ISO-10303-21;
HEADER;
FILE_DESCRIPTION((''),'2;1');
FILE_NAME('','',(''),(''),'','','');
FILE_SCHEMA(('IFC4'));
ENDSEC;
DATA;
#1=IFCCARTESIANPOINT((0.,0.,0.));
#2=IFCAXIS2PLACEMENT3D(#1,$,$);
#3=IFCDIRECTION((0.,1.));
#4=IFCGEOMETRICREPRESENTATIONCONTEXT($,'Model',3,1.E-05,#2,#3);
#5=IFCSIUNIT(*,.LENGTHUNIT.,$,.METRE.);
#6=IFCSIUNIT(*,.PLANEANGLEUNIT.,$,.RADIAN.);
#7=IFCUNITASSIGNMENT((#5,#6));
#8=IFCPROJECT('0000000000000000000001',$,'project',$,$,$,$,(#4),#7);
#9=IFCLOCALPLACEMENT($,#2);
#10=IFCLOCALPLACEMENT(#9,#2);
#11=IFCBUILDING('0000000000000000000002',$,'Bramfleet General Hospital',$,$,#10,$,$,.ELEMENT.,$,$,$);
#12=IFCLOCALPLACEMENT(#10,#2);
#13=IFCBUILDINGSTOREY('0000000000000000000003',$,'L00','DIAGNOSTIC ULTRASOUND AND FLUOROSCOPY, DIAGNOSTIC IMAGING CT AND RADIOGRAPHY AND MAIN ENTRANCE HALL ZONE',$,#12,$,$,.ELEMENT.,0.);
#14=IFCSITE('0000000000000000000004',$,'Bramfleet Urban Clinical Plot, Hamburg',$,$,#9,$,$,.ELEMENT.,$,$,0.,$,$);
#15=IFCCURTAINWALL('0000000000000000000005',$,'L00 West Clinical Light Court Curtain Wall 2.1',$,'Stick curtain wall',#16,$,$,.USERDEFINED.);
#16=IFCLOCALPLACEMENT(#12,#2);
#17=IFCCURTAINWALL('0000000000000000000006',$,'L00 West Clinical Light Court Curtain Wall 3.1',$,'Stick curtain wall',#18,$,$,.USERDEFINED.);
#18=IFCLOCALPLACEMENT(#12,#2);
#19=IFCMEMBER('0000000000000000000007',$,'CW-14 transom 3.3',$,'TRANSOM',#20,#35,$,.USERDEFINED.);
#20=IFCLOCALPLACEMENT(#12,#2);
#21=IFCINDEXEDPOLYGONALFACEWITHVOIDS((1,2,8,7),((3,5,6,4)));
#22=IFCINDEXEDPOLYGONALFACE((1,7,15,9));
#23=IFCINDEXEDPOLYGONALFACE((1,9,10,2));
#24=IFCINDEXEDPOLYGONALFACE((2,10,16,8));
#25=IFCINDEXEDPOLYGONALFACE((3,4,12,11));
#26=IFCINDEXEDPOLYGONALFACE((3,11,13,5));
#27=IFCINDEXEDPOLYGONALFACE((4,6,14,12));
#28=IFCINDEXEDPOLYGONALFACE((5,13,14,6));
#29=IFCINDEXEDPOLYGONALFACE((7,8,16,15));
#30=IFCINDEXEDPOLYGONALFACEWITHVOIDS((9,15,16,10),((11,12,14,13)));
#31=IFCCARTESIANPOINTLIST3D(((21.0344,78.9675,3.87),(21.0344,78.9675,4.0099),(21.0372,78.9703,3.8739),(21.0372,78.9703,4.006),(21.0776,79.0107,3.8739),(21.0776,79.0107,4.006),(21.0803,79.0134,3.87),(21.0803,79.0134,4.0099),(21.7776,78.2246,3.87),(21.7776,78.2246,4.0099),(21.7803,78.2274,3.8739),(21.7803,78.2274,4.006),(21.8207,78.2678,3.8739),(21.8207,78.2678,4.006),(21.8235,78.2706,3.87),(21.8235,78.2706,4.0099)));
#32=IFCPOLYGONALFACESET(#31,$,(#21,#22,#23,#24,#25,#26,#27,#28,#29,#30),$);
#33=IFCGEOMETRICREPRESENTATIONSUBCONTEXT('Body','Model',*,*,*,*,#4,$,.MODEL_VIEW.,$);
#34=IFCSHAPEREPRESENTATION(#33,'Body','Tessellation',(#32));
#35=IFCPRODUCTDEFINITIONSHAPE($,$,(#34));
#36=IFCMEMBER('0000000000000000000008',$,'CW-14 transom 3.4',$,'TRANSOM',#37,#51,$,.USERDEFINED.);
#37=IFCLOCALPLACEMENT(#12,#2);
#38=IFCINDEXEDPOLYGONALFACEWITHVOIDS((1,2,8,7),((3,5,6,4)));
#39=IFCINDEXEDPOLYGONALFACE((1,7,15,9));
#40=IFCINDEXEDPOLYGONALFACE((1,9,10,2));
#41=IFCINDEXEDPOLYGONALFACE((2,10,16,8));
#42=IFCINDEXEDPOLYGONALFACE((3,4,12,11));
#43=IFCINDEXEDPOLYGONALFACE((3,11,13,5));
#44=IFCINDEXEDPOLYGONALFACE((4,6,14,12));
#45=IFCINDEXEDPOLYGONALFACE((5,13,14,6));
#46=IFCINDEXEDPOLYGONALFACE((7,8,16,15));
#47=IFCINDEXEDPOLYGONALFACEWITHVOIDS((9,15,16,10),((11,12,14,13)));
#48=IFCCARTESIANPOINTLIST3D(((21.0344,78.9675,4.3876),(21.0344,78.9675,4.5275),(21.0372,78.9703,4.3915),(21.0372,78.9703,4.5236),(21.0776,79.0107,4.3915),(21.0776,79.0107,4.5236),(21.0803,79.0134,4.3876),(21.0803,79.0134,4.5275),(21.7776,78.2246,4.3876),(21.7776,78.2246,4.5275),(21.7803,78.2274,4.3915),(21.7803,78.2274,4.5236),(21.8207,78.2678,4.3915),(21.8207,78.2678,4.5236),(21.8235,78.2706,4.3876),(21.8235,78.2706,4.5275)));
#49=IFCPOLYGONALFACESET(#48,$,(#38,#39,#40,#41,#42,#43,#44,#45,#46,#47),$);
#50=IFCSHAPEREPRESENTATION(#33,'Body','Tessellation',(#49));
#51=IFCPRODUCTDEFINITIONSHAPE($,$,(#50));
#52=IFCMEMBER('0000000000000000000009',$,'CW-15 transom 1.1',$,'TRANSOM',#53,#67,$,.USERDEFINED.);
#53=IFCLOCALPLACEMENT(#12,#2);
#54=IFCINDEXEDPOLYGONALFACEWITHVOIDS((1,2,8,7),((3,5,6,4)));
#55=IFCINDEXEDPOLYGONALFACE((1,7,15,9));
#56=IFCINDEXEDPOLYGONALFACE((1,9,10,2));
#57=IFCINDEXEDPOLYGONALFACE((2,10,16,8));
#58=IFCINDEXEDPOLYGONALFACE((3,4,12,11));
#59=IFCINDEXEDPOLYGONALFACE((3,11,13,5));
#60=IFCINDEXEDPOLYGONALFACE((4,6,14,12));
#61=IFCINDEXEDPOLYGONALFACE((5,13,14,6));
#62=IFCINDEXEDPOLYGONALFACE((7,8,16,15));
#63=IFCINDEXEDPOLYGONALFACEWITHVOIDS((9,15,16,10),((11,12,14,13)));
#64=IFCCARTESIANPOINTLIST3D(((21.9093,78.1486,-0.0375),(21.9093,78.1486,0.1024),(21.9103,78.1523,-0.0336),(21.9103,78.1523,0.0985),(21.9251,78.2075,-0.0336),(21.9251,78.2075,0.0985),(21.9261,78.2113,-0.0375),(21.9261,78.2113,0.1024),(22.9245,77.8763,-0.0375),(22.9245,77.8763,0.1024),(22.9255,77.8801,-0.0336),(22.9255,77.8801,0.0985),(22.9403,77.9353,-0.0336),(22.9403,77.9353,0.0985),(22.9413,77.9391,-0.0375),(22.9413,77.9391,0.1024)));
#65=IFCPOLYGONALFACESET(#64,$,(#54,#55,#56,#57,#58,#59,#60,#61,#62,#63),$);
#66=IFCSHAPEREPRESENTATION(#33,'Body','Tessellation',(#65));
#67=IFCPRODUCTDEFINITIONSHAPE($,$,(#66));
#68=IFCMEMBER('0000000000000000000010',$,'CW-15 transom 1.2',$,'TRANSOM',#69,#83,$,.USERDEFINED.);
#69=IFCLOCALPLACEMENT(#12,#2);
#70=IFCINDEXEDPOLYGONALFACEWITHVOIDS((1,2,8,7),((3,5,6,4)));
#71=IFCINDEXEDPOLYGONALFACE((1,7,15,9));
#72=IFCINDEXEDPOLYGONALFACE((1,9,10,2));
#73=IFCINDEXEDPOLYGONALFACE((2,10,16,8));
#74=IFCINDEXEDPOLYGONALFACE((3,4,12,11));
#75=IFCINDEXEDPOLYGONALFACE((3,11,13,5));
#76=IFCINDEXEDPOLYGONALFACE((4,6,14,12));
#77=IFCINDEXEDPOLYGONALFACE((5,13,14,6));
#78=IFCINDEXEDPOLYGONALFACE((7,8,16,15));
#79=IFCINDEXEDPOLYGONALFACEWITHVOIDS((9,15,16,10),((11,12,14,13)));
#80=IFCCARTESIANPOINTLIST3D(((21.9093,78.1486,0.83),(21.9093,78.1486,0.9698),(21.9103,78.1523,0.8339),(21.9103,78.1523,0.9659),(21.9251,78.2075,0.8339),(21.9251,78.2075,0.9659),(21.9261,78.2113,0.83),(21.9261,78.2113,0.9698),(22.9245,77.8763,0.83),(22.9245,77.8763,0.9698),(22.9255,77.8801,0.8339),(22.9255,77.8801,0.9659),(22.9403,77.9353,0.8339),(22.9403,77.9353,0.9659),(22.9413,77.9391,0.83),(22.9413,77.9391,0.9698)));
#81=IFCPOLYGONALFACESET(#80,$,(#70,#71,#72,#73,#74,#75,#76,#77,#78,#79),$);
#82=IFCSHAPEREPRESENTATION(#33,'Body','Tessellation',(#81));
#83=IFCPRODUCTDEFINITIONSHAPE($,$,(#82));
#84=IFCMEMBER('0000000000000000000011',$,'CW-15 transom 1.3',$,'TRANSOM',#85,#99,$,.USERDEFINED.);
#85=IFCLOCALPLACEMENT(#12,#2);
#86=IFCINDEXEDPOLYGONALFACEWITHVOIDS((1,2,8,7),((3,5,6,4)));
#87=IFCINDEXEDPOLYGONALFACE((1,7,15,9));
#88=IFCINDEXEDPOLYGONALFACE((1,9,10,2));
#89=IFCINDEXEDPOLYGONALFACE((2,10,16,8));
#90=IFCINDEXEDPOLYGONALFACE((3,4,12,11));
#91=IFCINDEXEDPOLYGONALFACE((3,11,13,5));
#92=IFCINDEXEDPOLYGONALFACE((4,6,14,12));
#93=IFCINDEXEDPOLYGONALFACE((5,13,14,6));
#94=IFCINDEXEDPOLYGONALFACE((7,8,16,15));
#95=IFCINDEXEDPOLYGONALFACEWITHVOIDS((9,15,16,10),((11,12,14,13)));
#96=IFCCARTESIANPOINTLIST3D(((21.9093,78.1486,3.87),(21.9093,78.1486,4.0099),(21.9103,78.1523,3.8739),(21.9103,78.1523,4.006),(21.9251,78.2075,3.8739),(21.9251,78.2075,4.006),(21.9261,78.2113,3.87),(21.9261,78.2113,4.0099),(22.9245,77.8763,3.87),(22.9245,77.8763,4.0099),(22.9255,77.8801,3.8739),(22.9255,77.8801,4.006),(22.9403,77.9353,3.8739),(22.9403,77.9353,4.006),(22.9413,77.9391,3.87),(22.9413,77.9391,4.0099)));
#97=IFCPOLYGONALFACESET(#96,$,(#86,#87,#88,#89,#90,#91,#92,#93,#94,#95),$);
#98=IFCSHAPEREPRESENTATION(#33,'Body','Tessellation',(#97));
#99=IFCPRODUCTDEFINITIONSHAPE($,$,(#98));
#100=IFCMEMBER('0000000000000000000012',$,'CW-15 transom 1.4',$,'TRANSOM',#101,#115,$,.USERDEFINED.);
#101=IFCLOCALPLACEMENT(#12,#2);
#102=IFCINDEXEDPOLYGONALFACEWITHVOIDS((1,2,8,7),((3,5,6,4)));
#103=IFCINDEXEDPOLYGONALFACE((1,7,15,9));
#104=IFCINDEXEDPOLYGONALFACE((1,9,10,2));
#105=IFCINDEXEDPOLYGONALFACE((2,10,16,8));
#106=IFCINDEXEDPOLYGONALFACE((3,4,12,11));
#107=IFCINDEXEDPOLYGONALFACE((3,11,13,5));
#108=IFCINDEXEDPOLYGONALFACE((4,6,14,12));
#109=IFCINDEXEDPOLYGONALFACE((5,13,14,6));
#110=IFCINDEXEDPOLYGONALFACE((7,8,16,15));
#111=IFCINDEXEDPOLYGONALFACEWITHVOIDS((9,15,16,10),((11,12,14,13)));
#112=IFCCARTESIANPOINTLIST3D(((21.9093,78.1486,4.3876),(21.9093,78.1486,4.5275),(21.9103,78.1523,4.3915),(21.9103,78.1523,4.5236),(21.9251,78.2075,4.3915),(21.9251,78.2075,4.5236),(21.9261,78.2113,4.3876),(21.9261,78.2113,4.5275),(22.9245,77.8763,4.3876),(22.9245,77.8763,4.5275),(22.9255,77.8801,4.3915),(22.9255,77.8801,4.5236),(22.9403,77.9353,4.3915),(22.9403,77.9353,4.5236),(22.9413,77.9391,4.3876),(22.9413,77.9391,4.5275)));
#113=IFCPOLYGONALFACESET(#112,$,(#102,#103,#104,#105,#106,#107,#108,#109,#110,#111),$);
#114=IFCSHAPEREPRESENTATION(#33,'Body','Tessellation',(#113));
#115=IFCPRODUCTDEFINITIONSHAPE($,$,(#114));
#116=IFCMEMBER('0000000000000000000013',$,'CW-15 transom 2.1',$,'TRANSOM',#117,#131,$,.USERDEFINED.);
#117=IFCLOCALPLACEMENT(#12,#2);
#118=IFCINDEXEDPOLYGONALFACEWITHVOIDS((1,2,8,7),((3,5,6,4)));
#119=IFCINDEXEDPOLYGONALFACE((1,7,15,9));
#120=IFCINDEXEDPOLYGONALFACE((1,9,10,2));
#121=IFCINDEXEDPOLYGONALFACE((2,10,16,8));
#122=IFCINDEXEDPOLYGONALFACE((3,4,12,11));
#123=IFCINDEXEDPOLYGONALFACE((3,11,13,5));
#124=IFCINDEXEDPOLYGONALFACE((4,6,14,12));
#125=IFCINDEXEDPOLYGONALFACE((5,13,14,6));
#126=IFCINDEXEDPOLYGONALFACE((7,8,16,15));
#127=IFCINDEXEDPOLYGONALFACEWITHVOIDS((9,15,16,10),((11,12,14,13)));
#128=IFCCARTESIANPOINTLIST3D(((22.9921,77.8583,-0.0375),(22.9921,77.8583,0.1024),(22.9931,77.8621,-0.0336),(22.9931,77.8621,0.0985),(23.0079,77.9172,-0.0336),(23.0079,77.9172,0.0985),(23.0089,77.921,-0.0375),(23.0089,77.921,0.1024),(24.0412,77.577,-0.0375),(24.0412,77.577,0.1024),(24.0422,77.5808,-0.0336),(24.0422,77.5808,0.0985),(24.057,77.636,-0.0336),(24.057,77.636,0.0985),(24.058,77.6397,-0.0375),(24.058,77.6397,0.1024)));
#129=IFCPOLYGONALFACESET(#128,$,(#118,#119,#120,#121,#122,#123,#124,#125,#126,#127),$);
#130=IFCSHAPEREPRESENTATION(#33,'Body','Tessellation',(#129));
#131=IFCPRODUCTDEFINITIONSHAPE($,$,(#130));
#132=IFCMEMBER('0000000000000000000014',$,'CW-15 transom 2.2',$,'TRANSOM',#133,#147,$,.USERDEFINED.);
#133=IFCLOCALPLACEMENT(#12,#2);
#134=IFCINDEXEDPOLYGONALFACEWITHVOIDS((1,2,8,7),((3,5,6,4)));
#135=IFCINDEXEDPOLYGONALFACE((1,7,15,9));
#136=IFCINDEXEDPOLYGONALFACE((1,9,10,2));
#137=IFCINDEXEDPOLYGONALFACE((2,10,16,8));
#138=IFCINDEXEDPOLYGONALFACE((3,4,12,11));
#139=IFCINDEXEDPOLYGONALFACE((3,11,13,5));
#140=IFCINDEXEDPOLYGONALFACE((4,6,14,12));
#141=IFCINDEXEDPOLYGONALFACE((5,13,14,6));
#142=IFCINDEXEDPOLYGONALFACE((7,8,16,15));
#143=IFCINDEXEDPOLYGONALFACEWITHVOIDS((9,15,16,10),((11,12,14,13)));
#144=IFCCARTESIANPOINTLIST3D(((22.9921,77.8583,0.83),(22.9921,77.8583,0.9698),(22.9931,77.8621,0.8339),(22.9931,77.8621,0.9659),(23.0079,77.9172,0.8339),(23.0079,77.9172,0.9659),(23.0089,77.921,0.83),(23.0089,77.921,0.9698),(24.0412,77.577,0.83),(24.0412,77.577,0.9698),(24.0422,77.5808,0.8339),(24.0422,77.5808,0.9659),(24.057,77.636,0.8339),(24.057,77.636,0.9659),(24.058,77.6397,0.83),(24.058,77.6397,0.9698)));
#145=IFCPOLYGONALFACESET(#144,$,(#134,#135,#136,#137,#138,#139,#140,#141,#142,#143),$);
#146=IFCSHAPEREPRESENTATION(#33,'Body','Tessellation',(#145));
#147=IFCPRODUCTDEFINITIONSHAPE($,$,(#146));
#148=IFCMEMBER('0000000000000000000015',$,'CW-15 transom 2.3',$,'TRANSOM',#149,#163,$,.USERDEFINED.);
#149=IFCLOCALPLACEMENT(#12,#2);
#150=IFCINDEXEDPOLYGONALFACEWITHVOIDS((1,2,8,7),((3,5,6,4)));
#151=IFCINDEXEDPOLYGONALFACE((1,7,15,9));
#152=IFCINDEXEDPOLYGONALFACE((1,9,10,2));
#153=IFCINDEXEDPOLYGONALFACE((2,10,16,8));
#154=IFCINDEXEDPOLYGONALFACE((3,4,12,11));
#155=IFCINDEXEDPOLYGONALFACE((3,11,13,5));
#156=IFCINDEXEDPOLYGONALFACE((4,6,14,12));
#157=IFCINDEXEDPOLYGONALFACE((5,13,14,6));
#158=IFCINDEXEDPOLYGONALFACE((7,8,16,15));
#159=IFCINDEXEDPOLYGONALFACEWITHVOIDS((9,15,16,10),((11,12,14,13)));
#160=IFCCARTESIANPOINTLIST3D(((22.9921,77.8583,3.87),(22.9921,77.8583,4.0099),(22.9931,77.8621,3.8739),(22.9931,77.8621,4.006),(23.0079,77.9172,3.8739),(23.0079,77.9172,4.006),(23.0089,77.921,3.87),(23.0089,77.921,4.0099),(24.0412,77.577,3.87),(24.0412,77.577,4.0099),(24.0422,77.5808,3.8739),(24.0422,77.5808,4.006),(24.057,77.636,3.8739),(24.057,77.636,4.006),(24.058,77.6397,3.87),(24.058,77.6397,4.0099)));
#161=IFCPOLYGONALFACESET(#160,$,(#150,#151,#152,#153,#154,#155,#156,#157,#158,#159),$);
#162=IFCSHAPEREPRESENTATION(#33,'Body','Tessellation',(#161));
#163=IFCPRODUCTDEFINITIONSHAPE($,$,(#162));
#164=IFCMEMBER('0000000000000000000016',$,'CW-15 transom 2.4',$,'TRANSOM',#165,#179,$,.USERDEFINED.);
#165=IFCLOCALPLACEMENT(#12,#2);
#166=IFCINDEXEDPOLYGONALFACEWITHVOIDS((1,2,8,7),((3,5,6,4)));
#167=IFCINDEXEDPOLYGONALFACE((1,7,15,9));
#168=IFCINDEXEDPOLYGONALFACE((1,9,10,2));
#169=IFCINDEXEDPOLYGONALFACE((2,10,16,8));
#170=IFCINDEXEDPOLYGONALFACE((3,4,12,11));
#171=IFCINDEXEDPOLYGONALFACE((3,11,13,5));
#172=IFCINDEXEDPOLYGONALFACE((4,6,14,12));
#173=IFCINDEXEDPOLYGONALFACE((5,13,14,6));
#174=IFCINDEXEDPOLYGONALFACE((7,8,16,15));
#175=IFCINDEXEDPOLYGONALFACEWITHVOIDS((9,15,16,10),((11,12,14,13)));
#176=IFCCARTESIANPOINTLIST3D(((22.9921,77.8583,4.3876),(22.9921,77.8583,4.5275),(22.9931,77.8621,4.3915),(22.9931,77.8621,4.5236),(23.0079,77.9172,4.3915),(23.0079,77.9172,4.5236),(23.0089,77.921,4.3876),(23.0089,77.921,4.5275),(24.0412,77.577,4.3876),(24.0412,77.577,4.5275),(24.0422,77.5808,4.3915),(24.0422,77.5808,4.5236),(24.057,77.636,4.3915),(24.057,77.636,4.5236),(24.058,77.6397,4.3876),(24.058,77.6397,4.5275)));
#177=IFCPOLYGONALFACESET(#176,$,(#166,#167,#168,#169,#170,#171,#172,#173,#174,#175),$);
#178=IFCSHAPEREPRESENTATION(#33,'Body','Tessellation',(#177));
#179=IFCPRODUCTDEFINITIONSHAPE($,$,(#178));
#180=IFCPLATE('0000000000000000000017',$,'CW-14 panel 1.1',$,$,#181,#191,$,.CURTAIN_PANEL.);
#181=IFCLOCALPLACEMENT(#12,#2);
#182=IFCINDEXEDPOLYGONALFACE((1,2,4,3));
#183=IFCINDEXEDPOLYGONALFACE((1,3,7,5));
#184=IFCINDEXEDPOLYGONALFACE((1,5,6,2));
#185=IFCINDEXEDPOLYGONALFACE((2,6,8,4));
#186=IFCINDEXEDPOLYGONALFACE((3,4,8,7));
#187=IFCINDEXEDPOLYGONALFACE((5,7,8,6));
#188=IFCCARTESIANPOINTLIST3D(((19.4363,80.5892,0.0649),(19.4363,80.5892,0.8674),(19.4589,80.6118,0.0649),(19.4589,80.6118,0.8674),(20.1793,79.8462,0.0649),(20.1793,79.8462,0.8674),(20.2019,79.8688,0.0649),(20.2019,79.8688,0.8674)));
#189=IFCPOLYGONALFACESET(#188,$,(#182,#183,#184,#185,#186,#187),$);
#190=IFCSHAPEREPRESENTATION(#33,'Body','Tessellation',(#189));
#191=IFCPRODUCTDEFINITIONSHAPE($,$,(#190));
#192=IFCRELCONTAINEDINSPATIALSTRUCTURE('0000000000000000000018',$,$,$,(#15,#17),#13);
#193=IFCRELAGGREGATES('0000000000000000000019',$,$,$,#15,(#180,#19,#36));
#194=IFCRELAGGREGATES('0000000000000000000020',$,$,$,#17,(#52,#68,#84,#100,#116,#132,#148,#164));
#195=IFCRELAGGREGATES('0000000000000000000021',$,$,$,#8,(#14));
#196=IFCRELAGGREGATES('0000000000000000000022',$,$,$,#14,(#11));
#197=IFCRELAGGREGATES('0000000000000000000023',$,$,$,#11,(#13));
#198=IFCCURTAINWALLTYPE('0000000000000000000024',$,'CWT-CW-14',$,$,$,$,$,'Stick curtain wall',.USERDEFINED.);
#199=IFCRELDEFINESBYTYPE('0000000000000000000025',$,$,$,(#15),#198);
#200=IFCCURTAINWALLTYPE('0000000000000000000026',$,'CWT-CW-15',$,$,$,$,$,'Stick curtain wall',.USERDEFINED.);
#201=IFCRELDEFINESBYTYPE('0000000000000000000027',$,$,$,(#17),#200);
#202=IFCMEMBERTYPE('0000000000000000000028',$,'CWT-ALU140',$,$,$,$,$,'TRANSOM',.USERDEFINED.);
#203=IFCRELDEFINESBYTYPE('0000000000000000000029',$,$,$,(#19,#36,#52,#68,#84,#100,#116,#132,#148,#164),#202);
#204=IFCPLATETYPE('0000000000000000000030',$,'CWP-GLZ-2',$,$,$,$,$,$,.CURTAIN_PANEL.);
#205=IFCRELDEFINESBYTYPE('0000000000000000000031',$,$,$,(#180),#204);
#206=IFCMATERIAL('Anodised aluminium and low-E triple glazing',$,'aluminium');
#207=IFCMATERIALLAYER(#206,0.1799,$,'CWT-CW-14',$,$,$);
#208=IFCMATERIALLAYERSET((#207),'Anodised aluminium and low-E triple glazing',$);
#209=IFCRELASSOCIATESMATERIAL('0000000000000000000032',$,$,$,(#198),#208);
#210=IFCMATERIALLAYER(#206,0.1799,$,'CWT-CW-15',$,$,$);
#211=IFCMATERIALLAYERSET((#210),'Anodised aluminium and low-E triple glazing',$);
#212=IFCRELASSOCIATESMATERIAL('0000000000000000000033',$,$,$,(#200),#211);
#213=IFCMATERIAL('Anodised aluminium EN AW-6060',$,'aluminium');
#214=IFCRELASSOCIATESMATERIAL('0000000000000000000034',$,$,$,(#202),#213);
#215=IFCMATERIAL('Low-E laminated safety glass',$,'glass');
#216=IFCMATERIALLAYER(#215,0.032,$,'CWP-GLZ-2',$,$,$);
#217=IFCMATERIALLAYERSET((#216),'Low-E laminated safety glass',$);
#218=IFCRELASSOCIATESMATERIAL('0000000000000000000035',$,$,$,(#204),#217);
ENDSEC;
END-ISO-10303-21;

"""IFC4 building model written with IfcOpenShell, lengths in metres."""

from ifc_helpers import new_model, si_unit, direction, frame, origin, origin_2d, place, context, subcontext, project, spatial, rectangle, hollow_rectangle, extrude, material, layer, layer_set, material_profile, profile_set, type_object, element, aggregate, save


model = new_model("IFC4")

# Units and contexts
model_context = context("Model", 3, precision=1e-05, world=origin(), true_north=direction((0.0, 1.0)))
body_context = subcontext(model_context, "Body", "Model", "MODEL_VIEW")
ifc_project = project(units=[si_unit("LENGTHUNIT", "METRE"), si_unit("PLANEANGLEUNIT", "RADIAN")], contexts=[model_context])

# Site, building, storey
site_placement = place(None, origin())
site = spatial("IfcSite", under=ifc_project, at=site_placement, Name="Bramfleet Urban Clinical Plot, Hamburg", CompositionType="ELEMENT", RefElevation=0.0)
building_placement = place(site_placement, origin())
building = spatial("IfcBuilding", under=site, at=building_placement, Name="Bramfleet General Hospital", CompositionType="ELEMENT")
storey_placement = place(building_placement, origin())
storey = spatial("IfcBuildingStorey", under=building, at=storey_placement, Name="L00", Description="DIAGNOSTIC ULTRASOUND AND FLUOROSCOPY, DIAGNOSTIC IMAGING CT AND RADIOGRAPHY AND MAIN ENTRANCE HALL ZONE", CompositionType="ELEMENT", Elevation=0.0)

# Curtain walls
ifc_material_1 = material(Name="Anodised aluminium and low-E triple glazing", Category="aluminium")
ifc_layer_1 = layer(ifc_material_1, 0.1799, Name="CWT-CW-14")
ifc_layer_set_1 = layer_set([ifc_layer_1], Name="Anodised aluminium and low-E triple glazing")
curtain_wall_type_1 = type_object("IfcCurtainWallType", Name="CWT-CW-14", ElementType="Stick curtain wall", PredefinedType="USERDEFINED", material=ifc_layer_set_1)
curtain_wall_1_placement = place(storey_placement, origin())
curtain_wall_1 = element("IfcCurtainWall", 1, at=curtain_wall_1_placement, inside=storey, type_object=curtain_wall_type_1, Name="L00 West Clinical Light Court Curtain Wall 2.1", ObjectType="Stick curtain wall", PredefinedType="USERDEFINED")
ifc_material_2 = material(Name="Anodised aluminium EN AW-6060", Category="aluminium")
ifc_layer_2 = layer(ifc_material_1, 0.1799, Name="CWT-CW-15")
ifc_layer_set_2 = layer_set([ifc_layer_2], Name="Anodised aluminium and low-E triple glazing")
curtain_wall_type_2 = type_object("IfcCurtainWallType", Name="CWT-CW-15", ElementType="Stick curtain wall", PredefinedType="USERDEFINED", material=ifc_layer_set_2)
curtain_wall_2_placement = place(storey_placement, origin())
curtain_wall_2 = element("IfcCurtainWall", 2, at=curtain_wall_2_placement, inside=storey, type_object=curtain_wall_type_2, Name="L00 West Clinical Light Court Curtain Wall 3.1", ObjectType="Stick curtain wall", PredefinedType="USERDEFINED")

# Members
ifc_material_profile_1 = material_profile(ifc_material_2, hollow_rectangle(XDim=0.0649, YDim=0.1399, WallThickness=0.0039, at=origin_2d()), Name="ALU 140x65x4.0")
ifc_profile_set_1 = profile_set([ifc_material_profile_1], Name="Anodised aluminium EN AW-6060")
member_type_1 = type_object("IfcMemberType", Name="CWT-ALU140", ElementType="TRANSOM", PredefinedType="USERDEFINED", material=ifc_profile_set_1)
member_1_placement = place(storey_placement, frame((21.0574, 78.9905, 3.9399), z_axis=(0.707223, -0.706991, 0.0), x_axis=(0.706991, 0.707223, 0.0)))
member_1 = element("IfcMember", 3, at=member_1_placement, type_object=member_type_1, Name="CW-14 transom 3.3", ObjectType="TRANSOM", PredefinedType="USERDEFINED", context=body_context, shape_type="SweptSolid", body=[
    extrude(hollow_rectangle(XDim=0.0649, YDim=0.1399, WallThickness=0.0039, at=origin_2d()), origin(), (0.0, 0.0, 1.0), 1.0508),
])
member_2_placement = place(storey_placement, frame((21.0574, 78.9905, 4.4575), z_axis=(0.707223, -0.706991, 0.0), x_axis=(0.706991, 0.707223, 0.0)))
member_2 = element("IfcMember", 4, at=member_2_placement, type_object=member_type_1, Name="CW-14 transom 3.4", ObjectType="TRANSOM", PredefinedType="USERDEFINED", context=body_context, shape_type="SweptSolid", body=[
    extrude(hollow_rectangle(XDim=0.0649, YDim=0.1399, WallThickness=0.0039, at=origin_2d()), origin(), (0.0, 0.0, 1.0), 1.0508),
])
member_3_placement = place(storey_placement, frame((21.9177, 78.1799, 0.0325), z_axis=(0.965875, -0.259007, 0.0), x_axis=(0.259007, 0.965875, 0.0)))
member_3 = element("IfcMember", 5, at=member_3_placement, type_object=member_type_1, Name="CW-15 transom 1.1", ObjectType="TRANSOM", PredefinedType="USERDEFINED", context=body_context, shape_type="SweptSolid", body=[
    extrude(hollow_rectangle(XDim=0.0649, YDim=0.1399, WallThickness=0.0039, at=origin_2d()), origin(), (0.0, 0.0, 1.0), 1.051),
])
member_4_placement = place(storey_placement, frame((21.9177, 78.1799, 0.8999), z_axis=(0.965875, -0.259007, 0.0), x_axis=(0.259007, 0.965875, 0.0)))
member_4 = element("IfcMember", 6, at=member_4_placement, type_object=member_type_1, Name="CW-15 transom 1.2", ObjectType="TRANSOM", PredefinedType="USERDEFINED", context=body_context, shape_type="SweptSolid", body=[
    extrude(hollow_rectangle(XDim=0.0649, YDim=0.1399, WallThickness=0.0039, at=origin_2d()), origin(), (0.0, 0.0, 1.0), 1.051),
])
member_5_placement = place(storey_placement, frame((21.9177, 78.1799, 3.9399), z_axis=(0.965875, -0.259007, 0.0), x_axis=(0.259007, 0.965875, 0.0)))
member_5 = element("IfcMember", 7, at=member_5_placement, type_object=member_type_1, Name="CW-15 transom 1.3", ObjectType="TRANSOM", PredefinedType="USERDEFINED", context=body_context, shape_type="SweptSolid", body=[
    extrude(hollow_rectangle(XDim=0.0649, YDim=0.1399, WallThickness=0.0039, at=origin_2d()), origin(), (0.0, 0.0, 1.0), 1.051),
])
member_6_placement = place(storey_placement, frame((21.9177, 78.1799, 4.4575), z_axis=(0.965875, -0.259007, 0.0), x_axis=(0.259007, 0.965875, 0.0)))
member_6 = element("IfcMember", 8, at=member_6_placement, type_object=member_type_1, Name="CW-15 transom 1.4", ObjectType="TRANSOM", PredefinedType="USERDEFINED", context=body_context, shape_type="SweptSolid", body=[
    extrude(hollow_rectangle(XDim=0.0649, YDim=0.1399, WallThickness=0.0039, at=origin_2d()), origin(), (0.0, 0.0, 1.0), 1.051),
])
member_7_placement = place(storey_placement, frame((23.0005, 77.8896, 0.0325), z_axis=(0.965891, -0.25895, 0.0), x_axis=(0.25895, 0.965891, 0.0)))
member_7 = element("IfcMember", 9, at=member_7_placement, type_object=member_type_1, Name="CW-15 transom 2.1", ObjectType="TRANSOM", PredefinedType="USERDEFINED", context=body_context, shape_type="SweptSolid", body=[
    extrude(hollow_rectangle(XDim=0.0649, YDim=0.1399, WallThickness=0.0039, at=origin_2d()), origin(), (0.0, 0.0, 1.0), 1.0862),
])
member_8_placement = place(storey_placement, frame((23.0005, 77.8896, 0.8999), z_axis=(0.965891, -0.25895, 0.0), x_axis=(0.25895, 0.965891, 0.0)))
member_8 = element("IfcMember", 10, at=member_8_placement, type_object=member_type_1, Name="CW-15 transom 2.2", ObjectType="TRANSOM", PredefinedType="USERDEFINED", context=body_context, shape_type="SweptSolid", body=[
    extrude(hollow_rectangle(XDim=0.0649, YDim=0.1399, WallThickness=0.0039, at=origin_2d()), origin(), (0.0, 0.0, 1.0), 1.0862),
])
member_9_placement = place(storey_placement, frame((23.0005, 77.8896, 3.9399), z_axis=(0.965891, -0.25895, 0.0), x_axis=(0.25895, 0.965891, 0.0)))
member_9 = element("IfcMember", 11, at=member_9_placement, type_object=member_type_1, Name="CW-15 transom 2.3", ObjectType="TRANSOM", PredefinedType="USERDEFINED", context=body_context, shape_type="SweptSolid", body=[
    extrude(hollow_rectangle(XDim=0.0649, YDim=0.1399, WallThickness=0.0039, at=origin_2d()), origin(), (0.0, 0.0, 1.0), 1.0862),
])
member_10_placement = place(storey_placement, frame((23.0005, 77.8896, 4.4575), z_axis=(0.965891, -0.25895, 0.0), x_axis=(0.25895, 0.965891, 0.0)))
member_10 = element("IfcMember", 12, at=member_10_placement, type_object=member_type_1, Name="CW-15 transom 2.4", ObjectType="TRANSOM", PredefinedType="USERDEFINED", context=body_context, shape_type="SweptSolid", body=[
    extrude(hollow_rectangle(XDim=0.0649, YDim=0.1399, WallThickness=0.0039, at=origin_2d()), origin(), (0.0, 0.0, 1.0), 1.0862),
])

# Plate
ifc_material_3 = material(Name="Low-E laminated safety glass", Category="glass")
ifc_layer_3 = layer(ifc_material_3, 0.032, Name="CWP-GLZ-2")
ifc_layer_set_3 = layer_set([ifc_layer_3], Name="Low-E laminated safety glass")
plate_type = type_object("IfcPlateType", Name="CWP-GLZ-2", PredefinedType="CURTAIN_PANEL", material=ifc_layer_set_3)
plate_1_placement = place(storey_placement, frame((19.8191, 80.229, 0.0649), z_axis=(0.0, 0.0, 1.0), x_axis=(0.707107, -0.707107, 0.0)))
plate_1 = element("IfcPlate", 13, at=plate_1_placement, type_object=plate_type, Name="CW-14 panel 1.1", PredefinedType="CURTAIN_PANEL", context=body_context, shape_type="SweptSolid", body=[
    extrude(rectangle(XDim=1.0508, YDim=0.032, at=origin_2d()), origin(), (0.0, 0.0, 1.0), 0.8025),
])
aggregate(curtain_wall_1, [plate_1, member_1, member_2])
aggregate(curtain_wall_2, [member_3, member_4, member_5, member_6, member_7, member_8, member_9, member_10])

save(model, "model.ifc")
